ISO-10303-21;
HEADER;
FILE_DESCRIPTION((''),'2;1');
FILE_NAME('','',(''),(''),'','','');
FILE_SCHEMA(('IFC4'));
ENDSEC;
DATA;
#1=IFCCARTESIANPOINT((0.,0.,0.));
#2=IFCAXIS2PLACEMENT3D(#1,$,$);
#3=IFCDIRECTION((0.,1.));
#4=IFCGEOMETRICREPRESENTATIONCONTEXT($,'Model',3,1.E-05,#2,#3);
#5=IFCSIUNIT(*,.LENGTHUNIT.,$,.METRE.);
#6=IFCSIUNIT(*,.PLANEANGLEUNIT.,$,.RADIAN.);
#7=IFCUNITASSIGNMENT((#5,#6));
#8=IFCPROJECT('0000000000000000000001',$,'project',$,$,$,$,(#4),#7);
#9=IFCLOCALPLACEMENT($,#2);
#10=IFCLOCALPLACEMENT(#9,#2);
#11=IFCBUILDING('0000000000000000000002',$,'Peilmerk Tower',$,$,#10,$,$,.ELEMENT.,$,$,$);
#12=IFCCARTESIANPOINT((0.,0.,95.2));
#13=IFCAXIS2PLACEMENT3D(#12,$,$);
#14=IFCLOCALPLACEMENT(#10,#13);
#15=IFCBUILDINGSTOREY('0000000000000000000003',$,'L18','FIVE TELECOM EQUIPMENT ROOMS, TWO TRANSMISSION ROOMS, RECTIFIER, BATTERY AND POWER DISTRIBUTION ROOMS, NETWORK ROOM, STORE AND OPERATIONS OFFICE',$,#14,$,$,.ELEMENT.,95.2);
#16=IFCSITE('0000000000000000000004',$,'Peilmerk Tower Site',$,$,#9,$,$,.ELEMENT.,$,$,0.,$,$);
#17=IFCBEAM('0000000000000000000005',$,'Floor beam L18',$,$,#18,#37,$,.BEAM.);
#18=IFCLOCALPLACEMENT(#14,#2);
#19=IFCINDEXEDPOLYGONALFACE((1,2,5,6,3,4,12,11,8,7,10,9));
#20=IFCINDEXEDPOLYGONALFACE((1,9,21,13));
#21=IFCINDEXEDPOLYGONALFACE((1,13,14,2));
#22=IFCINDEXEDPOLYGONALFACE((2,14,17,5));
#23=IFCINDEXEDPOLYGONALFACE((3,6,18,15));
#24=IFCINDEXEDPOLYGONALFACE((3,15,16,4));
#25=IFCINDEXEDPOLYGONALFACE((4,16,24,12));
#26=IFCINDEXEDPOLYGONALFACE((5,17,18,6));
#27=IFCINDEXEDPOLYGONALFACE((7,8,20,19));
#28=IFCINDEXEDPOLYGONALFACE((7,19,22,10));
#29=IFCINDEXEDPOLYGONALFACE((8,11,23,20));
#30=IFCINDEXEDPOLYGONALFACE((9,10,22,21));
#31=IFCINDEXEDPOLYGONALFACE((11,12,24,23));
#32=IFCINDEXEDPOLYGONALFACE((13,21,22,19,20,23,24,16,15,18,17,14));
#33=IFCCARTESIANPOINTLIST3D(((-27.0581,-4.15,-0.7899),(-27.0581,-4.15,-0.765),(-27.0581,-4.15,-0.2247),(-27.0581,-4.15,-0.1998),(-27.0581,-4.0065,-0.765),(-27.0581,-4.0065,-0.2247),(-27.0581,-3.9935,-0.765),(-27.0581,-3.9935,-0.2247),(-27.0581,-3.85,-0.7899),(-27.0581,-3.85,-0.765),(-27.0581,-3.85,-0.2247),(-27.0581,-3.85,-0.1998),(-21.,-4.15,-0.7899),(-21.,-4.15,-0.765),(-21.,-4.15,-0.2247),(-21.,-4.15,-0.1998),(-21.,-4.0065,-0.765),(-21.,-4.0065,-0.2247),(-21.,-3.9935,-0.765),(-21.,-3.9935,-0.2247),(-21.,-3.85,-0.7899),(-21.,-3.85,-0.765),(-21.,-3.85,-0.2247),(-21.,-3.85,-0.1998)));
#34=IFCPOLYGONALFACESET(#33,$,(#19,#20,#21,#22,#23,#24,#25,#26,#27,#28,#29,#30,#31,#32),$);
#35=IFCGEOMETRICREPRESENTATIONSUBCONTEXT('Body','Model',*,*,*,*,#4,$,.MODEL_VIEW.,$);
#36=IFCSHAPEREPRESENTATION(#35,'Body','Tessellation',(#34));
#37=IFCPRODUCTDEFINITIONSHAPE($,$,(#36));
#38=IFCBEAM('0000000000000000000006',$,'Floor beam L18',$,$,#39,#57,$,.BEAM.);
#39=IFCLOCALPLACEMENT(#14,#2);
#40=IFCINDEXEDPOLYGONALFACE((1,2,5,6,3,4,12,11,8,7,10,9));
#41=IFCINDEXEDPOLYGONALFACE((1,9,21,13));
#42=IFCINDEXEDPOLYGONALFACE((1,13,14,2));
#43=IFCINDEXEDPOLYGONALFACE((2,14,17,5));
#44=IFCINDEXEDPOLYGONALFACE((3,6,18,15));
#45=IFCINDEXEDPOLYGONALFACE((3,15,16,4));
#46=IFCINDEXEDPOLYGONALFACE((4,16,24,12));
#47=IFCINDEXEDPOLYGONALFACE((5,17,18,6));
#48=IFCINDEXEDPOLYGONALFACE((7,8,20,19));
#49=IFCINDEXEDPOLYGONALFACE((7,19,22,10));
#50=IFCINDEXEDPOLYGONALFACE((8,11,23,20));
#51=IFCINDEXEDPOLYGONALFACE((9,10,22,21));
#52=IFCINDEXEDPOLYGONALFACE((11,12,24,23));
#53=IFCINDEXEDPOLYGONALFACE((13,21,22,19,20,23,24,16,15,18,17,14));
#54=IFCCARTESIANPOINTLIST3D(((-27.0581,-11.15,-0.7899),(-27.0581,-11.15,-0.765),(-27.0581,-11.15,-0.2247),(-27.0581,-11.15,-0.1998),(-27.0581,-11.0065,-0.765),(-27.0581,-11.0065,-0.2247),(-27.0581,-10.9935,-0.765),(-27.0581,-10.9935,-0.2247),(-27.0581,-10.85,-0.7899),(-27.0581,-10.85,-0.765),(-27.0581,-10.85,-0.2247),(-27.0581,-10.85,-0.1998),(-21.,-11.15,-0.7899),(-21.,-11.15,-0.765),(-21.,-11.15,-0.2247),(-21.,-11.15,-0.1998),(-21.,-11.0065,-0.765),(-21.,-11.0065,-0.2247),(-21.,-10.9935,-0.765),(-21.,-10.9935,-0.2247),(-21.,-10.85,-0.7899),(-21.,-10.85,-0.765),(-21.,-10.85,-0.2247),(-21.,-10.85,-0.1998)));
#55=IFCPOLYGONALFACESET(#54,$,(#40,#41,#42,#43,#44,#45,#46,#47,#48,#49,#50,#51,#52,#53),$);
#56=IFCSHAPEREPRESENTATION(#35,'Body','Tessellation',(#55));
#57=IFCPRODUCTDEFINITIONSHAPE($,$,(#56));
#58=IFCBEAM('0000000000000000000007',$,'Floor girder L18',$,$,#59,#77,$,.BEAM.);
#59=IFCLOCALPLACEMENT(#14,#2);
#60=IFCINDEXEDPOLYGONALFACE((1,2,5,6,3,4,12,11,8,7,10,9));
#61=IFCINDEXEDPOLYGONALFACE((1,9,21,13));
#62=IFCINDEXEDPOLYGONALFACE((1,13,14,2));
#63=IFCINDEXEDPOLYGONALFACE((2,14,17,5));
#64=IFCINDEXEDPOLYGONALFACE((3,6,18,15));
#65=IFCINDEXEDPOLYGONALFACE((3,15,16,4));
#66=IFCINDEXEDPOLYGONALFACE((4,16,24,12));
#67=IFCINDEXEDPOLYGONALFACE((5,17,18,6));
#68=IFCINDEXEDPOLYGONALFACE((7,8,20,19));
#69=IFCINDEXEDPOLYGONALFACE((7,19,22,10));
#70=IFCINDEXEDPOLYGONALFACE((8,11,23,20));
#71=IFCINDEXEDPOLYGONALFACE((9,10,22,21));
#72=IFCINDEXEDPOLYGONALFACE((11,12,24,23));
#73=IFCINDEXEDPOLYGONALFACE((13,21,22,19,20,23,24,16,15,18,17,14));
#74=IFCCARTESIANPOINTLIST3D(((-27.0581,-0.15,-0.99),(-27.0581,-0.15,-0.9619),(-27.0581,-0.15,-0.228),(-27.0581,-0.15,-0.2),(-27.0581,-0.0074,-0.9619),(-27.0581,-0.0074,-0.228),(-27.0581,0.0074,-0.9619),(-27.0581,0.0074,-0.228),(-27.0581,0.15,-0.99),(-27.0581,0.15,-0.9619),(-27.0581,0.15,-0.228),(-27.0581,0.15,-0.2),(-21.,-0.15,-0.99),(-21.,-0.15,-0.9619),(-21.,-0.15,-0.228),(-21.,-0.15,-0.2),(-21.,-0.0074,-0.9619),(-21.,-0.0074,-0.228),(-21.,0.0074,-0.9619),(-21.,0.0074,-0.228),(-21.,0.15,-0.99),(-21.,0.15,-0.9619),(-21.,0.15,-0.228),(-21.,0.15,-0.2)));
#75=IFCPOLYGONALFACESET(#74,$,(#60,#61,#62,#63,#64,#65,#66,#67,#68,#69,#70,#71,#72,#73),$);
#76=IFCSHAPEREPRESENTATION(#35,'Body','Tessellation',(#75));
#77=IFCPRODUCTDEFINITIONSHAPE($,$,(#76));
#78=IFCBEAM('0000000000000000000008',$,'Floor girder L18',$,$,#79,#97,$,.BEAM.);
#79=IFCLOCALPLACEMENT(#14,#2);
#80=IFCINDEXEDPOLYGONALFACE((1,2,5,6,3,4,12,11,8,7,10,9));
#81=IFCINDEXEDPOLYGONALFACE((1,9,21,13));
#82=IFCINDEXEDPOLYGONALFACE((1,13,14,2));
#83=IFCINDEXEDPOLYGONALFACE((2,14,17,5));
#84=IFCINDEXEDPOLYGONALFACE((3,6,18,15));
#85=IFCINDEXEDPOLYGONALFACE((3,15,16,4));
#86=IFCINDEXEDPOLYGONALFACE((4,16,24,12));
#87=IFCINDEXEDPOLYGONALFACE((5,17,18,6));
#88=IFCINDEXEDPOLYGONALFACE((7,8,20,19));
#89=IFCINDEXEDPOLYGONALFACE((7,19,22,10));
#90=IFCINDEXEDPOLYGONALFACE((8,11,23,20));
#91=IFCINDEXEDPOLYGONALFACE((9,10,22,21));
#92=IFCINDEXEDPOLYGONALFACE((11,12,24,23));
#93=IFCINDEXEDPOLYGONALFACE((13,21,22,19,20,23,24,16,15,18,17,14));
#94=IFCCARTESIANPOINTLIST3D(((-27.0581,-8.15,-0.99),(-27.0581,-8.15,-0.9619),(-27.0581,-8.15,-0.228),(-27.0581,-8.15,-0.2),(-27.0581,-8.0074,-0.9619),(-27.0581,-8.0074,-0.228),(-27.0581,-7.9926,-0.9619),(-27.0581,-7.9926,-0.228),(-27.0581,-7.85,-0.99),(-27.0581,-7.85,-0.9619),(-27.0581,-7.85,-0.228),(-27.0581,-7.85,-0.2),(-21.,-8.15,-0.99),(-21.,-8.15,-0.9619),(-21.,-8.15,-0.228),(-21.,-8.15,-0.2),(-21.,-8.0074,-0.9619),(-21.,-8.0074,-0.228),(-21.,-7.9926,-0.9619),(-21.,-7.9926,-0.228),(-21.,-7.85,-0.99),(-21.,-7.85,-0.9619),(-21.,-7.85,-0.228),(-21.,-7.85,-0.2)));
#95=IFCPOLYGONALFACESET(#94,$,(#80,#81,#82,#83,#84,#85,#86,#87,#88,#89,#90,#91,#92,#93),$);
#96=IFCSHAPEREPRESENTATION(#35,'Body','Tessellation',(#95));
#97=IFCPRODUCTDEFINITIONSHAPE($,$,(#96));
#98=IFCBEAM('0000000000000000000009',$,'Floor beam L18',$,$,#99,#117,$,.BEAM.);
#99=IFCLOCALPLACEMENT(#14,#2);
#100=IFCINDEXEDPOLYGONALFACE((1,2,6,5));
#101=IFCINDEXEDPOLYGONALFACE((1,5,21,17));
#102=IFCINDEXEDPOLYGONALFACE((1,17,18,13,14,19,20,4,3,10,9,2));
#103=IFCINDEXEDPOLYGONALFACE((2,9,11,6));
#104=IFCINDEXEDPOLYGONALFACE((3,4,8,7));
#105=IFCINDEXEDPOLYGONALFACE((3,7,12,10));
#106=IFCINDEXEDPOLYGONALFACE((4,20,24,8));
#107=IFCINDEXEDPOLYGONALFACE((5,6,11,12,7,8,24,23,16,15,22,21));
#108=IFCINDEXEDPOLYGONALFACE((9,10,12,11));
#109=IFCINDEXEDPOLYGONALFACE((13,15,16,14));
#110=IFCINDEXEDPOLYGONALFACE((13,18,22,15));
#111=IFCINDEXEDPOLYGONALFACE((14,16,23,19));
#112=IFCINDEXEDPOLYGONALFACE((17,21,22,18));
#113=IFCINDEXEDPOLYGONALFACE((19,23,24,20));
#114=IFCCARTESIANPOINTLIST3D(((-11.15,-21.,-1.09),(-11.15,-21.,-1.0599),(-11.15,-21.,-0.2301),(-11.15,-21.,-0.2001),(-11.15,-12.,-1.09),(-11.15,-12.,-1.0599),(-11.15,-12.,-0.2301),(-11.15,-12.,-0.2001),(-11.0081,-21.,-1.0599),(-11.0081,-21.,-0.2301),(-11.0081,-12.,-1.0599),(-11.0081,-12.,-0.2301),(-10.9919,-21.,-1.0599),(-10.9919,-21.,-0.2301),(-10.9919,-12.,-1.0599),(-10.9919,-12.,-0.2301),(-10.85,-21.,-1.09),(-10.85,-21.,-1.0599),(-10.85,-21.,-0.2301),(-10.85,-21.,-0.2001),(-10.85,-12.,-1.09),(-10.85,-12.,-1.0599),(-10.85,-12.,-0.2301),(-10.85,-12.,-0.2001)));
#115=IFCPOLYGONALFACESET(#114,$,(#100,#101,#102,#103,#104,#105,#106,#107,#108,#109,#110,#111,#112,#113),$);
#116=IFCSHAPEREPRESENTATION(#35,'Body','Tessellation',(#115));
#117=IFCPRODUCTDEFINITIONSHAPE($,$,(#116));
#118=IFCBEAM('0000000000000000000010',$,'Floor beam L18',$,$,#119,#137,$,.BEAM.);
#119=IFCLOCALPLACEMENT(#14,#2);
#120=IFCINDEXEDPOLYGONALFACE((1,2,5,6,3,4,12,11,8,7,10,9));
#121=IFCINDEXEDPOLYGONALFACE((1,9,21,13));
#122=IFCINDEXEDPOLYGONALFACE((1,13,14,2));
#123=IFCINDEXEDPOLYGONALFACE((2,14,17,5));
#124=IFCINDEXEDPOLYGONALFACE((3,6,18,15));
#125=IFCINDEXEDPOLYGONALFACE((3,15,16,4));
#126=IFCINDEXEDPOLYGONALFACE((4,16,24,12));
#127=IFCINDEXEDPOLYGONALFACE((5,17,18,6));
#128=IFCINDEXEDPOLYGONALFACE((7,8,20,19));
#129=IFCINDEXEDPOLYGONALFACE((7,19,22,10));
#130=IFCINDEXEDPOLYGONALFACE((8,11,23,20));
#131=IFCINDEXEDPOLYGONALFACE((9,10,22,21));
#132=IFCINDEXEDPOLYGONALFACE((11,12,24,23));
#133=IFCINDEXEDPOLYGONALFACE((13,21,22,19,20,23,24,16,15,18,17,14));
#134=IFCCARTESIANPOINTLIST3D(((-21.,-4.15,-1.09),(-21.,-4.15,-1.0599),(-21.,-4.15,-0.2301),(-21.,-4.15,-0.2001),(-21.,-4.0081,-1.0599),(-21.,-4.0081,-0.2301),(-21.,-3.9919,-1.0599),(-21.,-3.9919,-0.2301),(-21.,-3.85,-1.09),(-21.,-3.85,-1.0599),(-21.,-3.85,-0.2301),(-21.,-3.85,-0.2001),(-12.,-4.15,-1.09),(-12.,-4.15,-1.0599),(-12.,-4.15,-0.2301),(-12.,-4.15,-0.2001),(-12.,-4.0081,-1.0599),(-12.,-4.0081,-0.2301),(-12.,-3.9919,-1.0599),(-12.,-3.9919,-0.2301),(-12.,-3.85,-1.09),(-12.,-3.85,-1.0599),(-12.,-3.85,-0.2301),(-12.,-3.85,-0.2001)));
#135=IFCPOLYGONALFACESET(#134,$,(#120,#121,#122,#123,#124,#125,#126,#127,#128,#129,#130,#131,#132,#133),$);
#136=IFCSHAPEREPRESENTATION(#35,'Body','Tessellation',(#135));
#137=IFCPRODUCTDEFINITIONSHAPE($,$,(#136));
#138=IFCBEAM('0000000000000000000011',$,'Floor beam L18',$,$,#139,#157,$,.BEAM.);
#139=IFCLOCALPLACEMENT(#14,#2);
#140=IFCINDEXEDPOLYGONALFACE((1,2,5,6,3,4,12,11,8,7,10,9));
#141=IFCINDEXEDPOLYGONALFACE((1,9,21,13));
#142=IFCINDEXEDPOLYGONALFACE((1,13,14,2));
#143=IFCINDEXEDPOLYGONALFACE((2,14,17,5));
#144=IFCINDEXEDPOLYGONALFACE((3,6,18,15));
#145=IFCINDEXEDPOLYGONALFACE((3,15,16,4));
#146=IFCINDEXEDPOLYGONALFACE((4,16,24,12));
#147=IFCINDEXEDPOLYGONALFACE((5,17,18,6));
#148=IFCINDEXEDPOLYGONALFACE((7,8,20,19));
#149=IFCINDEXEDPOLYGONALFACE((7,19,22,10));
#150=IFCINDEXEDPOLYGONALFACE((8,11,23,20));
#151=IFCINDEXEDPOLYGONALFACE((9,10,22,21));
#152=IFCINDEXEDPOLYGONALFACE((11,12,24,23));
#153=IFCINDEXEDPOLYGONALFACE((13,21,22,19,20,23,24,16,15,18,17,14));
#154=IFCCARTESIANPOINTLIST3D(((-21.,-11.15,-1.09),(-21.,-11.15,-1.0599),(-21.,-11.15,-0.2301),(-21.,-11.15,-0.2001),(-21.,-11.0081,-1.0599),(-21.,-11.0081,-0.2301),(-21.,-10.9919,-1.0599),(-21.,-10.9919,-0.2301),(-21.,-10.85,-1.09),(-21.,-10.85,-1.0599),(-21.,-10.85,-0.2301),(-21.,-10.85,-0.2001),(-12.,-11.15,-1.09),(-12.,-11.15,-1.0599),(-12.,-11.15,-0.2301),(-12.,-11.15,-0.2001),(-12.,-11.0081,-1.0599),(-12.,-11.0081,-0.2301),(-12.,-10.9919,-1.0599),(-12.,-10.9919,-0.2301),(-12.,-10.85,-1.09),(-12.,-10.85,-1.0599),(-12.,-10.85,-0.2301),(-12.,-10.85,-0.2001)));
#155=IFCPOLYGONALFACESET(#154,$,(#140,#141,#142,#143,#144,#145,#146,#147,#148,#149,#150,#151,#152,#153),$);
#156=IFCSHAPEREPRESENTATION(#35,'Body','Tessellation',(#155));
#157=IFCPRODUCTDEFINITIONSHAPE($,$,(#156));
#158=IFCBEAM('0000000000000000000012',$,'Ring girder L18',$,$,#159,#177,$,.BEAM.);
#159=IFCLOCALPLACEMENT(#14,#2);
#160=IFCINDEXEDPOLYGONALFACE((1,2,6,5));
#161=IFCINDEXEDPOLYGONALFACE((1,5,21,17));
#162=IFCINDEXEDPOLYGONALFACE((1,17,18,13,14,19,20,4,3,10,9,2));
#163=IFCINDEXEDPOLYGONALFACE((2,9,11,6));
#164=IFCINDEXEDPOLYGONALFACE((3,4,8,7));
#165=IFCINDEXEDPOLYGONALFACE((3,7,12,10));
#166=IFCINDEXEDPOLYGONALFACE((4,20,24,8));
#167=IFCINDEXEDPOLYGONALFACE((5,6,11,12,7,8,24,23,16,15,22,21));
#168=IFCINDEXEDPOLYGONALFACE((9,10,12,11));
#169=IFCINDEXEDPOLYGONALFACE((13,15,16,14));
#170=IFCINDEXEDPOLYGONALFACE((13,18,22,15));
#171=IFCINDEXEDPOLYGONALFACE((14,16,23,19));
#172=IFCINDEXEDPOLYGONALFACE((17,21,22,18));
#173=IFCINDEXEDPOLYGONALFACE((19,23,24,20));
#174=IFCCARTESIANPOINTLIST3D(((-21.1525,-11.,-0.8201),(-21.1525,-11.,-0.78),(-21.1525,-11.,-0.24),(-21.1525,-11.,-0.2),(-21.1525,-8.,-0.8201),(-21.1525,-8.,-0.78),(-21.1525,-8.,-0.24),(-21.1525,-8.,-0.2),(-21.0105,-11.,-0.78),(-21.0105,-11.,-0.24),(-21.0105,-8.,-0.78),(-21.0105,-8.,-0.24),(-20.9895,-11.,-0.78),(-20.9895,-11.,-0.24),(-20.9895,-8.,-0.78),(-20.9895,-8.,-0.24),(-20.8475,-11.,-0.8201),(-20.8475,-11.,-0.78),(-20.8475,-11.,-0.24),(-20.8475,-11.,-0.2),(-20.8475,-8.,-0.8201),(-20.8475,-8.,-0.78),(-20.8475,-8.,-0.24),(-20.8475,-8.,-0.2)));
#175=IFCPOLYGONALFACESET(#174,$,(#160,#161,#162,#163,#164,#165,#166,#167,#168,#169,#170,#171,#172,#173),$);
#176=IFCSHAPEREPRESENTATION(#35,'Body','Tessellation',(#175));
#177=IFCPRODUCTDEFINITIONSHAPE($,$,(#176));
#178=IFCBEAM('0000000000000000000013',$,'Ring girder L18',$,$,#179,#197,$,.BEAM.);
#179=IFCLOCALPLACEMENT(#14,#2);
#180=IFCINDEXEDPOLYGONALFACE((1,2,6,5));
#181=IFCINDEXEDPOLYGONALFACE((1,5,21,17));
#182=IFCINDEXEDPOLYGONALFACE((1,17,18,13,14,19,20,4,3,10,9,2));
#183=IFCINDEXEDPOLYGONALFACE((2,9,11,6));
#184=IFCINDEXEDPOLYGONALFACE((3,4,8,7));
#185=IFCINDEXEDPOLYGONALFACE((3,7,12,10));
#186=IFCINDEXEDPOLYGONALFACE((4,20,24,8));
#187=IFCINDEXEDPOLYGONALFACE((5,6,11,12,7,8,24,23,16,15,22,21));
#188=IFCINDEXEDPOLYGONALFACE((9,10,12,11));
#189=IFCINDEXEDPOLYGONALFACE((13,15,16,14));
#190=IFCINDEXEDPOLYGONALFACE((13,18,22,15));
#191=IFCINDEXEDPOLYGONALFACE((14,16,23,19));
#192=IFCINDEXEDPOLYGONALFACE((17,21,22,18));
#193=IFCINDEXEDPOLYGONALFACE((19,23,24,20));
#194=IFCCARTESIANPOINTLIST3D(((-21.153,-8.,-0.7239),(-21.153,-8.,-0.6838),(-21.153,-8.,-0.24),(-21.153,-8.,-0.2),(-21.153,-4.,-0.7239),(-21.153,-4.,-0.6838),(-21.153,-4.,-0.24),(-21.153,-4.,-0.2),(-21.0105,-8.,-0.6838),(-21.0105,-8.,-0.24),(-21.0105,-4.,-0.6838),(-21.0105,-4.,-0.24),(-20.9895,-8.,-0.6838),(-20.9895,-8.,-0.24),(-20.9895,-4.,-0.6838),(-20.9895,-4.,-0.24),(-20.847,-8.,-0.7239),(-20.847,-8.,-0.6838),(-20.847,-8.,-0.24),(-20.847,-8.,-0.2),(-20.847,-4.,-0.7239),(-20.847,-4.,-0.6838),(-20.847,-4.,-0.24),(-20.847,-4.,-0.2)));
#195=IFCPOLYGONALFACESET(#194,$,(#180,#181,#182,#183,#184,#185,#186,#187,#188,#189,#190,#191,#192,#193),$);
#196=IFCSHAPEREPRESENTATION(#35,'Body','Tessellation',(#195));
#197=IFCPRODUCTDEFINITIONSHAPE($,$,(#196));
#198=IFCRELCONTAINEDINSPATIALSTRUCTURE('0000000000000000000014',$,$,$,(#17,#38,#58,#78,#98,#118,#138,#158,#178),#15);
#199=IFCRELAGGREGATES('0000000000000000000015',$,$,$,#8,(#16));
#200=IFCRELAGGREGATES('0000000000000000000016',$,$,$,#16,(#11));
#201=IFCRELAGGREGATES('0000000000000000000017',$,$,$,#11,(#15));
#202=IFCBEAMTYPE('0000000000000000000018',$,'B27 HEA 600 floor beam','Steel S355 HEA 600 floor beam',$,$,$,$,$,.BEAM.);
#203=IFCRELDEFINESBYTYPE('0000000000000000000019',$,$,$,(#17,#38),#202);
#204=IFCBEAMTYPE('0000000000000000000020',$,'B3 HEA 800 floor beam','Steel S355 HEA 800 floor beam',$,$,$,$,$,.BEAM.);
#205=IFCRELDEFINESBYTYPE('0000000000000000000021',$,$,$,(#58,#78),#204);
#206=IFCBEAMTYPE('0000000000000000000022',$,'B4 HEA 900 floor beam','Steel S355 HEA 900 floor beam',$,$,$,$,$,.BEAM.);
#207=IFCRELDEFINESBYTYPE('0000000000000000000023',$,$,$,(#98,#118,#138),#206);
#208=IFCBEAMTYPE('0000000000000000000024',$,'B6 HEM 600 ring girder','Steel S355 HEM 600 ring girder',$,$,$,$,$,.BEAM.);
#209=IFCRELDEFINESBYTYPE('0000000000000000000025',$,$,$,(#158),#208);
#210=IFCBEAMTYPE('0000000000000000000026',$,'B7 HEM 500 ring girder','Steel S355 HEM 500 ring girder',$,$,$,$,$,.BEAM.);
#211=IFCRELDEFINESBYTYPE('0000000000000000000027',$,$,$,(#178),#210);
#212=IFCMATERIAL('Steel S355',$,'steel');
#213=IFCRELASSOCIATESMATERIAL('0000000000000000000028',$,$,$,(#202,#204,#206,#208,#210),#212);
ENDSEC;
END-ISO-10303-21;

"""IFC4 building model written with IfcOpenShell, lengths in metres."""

from ifc_helpers import new_model, si_unit, direction, frame, origin, origin_2d, place, context, subcontext, project, spatial, i_section, extrude, material, material_profile, profile_set, type_object, element, save


model = new_model("IFC4")

# Units and contexts
model_context = context("Model", 3, precision=1e-05, world=origin(), true_north=direction((0.0, 1.0)))
body_context = subcontext(model_context, "Body", "Model", "MODEL_VIEW")
ifc_project = project(units=[si_unit("LENGTHUNIT", "METRE"), si_unit("PLANEANGLEUNIT", "RADIAN")], contexts=[model_context])

# Site, building, storey
site_placement = place(None, origin())
site = spatial("IfcSite", under=ifc_project, at=site_placement, Name="Peilmerk Tower Site", CompositionType="ELEMENT", RefElevation=0.0)
building_placement = place(site_placement, origin())
building = spatial("IfcBuilding", under=site, at=building_placement, Name="Peilmerk Tower", CompositionType="ELEMENT")
storey_placement = place(building_placement, frame((0.0, 0.0, 95.2)))
storey = spatial("IfcBuildingStorey", under=building, at=storey_placement, Name="L18", Description="FIVE TELECOM EQUIPMENT ROOMS, TWO TRANSMISSION ROOMS, RECTIFIER, BATTERY AND POWER DISTRIBUTION ROOMS, NETWORK ROOM, STORE AND OPERATIONS OFFICE", CompositionType="ELEMENT", Elevation=95.2)

# Beams
ifc_material_1 = material(Name="Steel S355", Category="steel")
ifc_material_profile_1 = material_profile(ifc_material_1, i_section(OverallWidth=0.3, OverallDepth=0.5901, WebThickness=0.0129, FlangeThickness=0.0249, at=origin_2d()), Name="HEA 600")
ifc_profile_set_1 = profile_set([ifc_material_profile_1], Name="Steel S355")
beam_type_1 = type_object("IfcBeamType", Name="B27 HEA 600 floor beam", Description="Steel S355 HEA 600 floor beam", PredefinedType="BEAM", material=ifc_profile_set_1)
for number, where, z_axis, x_axis, name in (
    (1, (-21.0, -4.0, -0.4949), (-1.0, 0.0, 0.0), (0.0, -1.0, 0.0), "Floor beam L18"),
    (2, (-21.0, -11.0, -0.4949), (-1.0, 0.0, 0.0), (0.0, -1.0, 0.0), "Floor beam L18"),
):
    element("IfcBeam", number, at=place(storey_placement, frame(where, z_axis=z_axis, x_axis=x_axis)), inside=storey, type_object=beam_type_1, Name=name, PredefinedType="BEAM", context=body_context, shape_type="SweptSolid", body=[
        extrude(i_section(OverallWidth=0.3, OverallDepth=0.5901, WebThickness=0.0129, FlangeThickness=0.0249, at=origin_2d()), origin(), (0.0, 0.0, 1.0), 6.0581),
    ])
ifc_material_profile_2 = material_profile(ifc_material_1, i_section(OverallWidth=0.3, OverallDepth=0.79, WebThickness=0.0149, FlangeThickness=0.0281, at=origin_2d()), Name="HEA 800")
ifc_profile_set_2 = profile_set([ifc_material_profile_2], Name="Steel S355")
beam_type_2 = type_object("IfcBeamType", Name="B3 HEA 800 floor beam", Description="Steel S355 HEA 800 floor beam", PredefinedType="BEAM", material=ifc_profile_set_2)
for number, where, z_axis, x_axis, name in (
    (3, (-21.0, 0.0, -0.595), (-1.0, 0.0, 0.0), (0.0, -1.0, 0.0), "Floor girder L18"),
    (4, (-21.0, -8.0, -0.595), (-1.0, 0.0, 0.0), (0.0, -1.0, 0.0), "Floor girder L18"),
):
    element("IfcBeam", number, at=place(storey_placement, frame(where, z_axis=z_axis, x_axis=x_axis)), inside=storey, type_object=beam_type_2, Name=name, PredefinedType="BEAM", context=body_context, shape_type="SweptSolid", body=[
        extrude(i_section(OverallWidth=0.3, OverallDepth=0.79, WebThickness=0.0149, FlangeThickness=0.0281, at=origin_2d()), origin(), (0.0, 0.0, 1.0), 6.0581),
    ])
ifc_material_profile_3 = material_profile(ifc_material_1, i_section(OverallWidth=0.3, OverallDepth=0.8899, WebThickness=0.0161, FlangeThickness=0.03, at=origin_2d()), Name="HEA 900")
ifc_profile_set_3 = profile_set([ifc_material_profile_3], Name="Steel S355")
beam_type_3 = type_object("IfcBeamType", Name="B4 HEA 900 floor beam", Description="Steel S355 HEA 900 floor beam", PredefinedType="BEAM", material=ifc_profile_set_3)
for number, where, z_axis, x_axis, name in (
    (5, (-11.0, -12.0, -0.645), (0.0, -1.0, 0.0), (1.0, 0.0, 0.0), "Floor beam L18"),
    (6, (-12.0, -4.0, -0.645), (-1.0, 0.0, 0.0), (0.0, -1.0, 0.0), "Floor beam L18"),
    (7, (-12.0, -11.0, -0.645), (-1.0, 0.0, 0.0), (0.0, -1.0, 0.0), "Floor beam L18"),
):
    element("IfcBeam", number, at=place(storey_placement, frame(where, z_axis=z_axis, x_axis=x_axis)), inside=storey, type_object=beam_type_3, Name=name, PredefinedType="BEAM", context=body_context, shape_type="SweptSolid", body=[
        extrude(i_section(OverallWidth=0.3, OverallDepth=0.8899, WebThickness=0.0161, FlangeThickness=0.03, at=origin_2d()), origin(), (0.0, 0.0, 1.0), 9.0),
    ])
ifc_material_profile_4 = material_profile(ifc_material_1, i_section(OverallWidth=0.3049, OverallDepth=0.6201, WebThickness=0.021, FlangeThickness=0.04, at=origin_2d()), Name="HEM 600")
ifc_profile_set_4 = profile_set([ifc_material_profile_4], Name="Steel S355")
beam_type_4 = type_object("IfcBeamType", Name="B6 HEM 600 ring girder", Description="Steel S355 HEM 600 ring girder", PredefinedType="BEAM", material=ifc_profile_set_4)
beam_1_placement = place(storey_placement, frame((-21.0, -8.0, -0.51), z_axis=(0.0, -1.0, 0.0), x_axis=(1.0, 0.0, 0.0)))
element("IfcBeam", 8, at=beam_1_placement, inside=storey, type_object=beam_type_4, Name="Ring girder L18", PredefinedType="BEAM", context=body_context, shape_type="SweptSolid", body=[
    extrude(i_section(OverallWidth=0.3049, OverallDepth=0.6201, WebThickness=0.021, FlangeThickness=0.04, at=origin_2d()), origin(), (0.0, 0.0, 1.0), 3.0),
])
ifc_material_profile_5 = material_profile(ifc_material_1, i_section(OverallWidth=0.3059, OverallDepth=0.5239, WebThickness=0.021, FlangeThickness=0.04, at=origin_2d()), Name="HEM 500")
ifc_profile_set_5 = profile_set([ifc_material_profile_5], Name="Steel S355")
beam_type_5 = type_object("IfcBeamType", Name="B7 HEM 500 ring girder", Description="Steel S355 HEM 500 ring girder", PredefinedType="BEAM", material=ifc_profile_set_5)
beam_2_placement = place(storey_placement, frame((-21.0, -4.0, -0.4619), z_axis=(0.0, -1.0, 0.0), x_axis=(1.0, 0.0, 0.0)))
element("IfcBeam", 9, at=beam_2_placement, inside=storey, type_object=beam_type_5, Name="Ring girder L18", PredefinedType="BEAM", context=body_context, shape_type="SweptSolid", body=[
    extrude(i_section(OverallWidth=0.3059, OverallDepth=0.5239, WebThickness=0.021, FlangeThickness=0.04, at=origin_2d()), origin(), (0.0, 0.0, 1.0), 4.0),
])

save(model, "model.ifc")
